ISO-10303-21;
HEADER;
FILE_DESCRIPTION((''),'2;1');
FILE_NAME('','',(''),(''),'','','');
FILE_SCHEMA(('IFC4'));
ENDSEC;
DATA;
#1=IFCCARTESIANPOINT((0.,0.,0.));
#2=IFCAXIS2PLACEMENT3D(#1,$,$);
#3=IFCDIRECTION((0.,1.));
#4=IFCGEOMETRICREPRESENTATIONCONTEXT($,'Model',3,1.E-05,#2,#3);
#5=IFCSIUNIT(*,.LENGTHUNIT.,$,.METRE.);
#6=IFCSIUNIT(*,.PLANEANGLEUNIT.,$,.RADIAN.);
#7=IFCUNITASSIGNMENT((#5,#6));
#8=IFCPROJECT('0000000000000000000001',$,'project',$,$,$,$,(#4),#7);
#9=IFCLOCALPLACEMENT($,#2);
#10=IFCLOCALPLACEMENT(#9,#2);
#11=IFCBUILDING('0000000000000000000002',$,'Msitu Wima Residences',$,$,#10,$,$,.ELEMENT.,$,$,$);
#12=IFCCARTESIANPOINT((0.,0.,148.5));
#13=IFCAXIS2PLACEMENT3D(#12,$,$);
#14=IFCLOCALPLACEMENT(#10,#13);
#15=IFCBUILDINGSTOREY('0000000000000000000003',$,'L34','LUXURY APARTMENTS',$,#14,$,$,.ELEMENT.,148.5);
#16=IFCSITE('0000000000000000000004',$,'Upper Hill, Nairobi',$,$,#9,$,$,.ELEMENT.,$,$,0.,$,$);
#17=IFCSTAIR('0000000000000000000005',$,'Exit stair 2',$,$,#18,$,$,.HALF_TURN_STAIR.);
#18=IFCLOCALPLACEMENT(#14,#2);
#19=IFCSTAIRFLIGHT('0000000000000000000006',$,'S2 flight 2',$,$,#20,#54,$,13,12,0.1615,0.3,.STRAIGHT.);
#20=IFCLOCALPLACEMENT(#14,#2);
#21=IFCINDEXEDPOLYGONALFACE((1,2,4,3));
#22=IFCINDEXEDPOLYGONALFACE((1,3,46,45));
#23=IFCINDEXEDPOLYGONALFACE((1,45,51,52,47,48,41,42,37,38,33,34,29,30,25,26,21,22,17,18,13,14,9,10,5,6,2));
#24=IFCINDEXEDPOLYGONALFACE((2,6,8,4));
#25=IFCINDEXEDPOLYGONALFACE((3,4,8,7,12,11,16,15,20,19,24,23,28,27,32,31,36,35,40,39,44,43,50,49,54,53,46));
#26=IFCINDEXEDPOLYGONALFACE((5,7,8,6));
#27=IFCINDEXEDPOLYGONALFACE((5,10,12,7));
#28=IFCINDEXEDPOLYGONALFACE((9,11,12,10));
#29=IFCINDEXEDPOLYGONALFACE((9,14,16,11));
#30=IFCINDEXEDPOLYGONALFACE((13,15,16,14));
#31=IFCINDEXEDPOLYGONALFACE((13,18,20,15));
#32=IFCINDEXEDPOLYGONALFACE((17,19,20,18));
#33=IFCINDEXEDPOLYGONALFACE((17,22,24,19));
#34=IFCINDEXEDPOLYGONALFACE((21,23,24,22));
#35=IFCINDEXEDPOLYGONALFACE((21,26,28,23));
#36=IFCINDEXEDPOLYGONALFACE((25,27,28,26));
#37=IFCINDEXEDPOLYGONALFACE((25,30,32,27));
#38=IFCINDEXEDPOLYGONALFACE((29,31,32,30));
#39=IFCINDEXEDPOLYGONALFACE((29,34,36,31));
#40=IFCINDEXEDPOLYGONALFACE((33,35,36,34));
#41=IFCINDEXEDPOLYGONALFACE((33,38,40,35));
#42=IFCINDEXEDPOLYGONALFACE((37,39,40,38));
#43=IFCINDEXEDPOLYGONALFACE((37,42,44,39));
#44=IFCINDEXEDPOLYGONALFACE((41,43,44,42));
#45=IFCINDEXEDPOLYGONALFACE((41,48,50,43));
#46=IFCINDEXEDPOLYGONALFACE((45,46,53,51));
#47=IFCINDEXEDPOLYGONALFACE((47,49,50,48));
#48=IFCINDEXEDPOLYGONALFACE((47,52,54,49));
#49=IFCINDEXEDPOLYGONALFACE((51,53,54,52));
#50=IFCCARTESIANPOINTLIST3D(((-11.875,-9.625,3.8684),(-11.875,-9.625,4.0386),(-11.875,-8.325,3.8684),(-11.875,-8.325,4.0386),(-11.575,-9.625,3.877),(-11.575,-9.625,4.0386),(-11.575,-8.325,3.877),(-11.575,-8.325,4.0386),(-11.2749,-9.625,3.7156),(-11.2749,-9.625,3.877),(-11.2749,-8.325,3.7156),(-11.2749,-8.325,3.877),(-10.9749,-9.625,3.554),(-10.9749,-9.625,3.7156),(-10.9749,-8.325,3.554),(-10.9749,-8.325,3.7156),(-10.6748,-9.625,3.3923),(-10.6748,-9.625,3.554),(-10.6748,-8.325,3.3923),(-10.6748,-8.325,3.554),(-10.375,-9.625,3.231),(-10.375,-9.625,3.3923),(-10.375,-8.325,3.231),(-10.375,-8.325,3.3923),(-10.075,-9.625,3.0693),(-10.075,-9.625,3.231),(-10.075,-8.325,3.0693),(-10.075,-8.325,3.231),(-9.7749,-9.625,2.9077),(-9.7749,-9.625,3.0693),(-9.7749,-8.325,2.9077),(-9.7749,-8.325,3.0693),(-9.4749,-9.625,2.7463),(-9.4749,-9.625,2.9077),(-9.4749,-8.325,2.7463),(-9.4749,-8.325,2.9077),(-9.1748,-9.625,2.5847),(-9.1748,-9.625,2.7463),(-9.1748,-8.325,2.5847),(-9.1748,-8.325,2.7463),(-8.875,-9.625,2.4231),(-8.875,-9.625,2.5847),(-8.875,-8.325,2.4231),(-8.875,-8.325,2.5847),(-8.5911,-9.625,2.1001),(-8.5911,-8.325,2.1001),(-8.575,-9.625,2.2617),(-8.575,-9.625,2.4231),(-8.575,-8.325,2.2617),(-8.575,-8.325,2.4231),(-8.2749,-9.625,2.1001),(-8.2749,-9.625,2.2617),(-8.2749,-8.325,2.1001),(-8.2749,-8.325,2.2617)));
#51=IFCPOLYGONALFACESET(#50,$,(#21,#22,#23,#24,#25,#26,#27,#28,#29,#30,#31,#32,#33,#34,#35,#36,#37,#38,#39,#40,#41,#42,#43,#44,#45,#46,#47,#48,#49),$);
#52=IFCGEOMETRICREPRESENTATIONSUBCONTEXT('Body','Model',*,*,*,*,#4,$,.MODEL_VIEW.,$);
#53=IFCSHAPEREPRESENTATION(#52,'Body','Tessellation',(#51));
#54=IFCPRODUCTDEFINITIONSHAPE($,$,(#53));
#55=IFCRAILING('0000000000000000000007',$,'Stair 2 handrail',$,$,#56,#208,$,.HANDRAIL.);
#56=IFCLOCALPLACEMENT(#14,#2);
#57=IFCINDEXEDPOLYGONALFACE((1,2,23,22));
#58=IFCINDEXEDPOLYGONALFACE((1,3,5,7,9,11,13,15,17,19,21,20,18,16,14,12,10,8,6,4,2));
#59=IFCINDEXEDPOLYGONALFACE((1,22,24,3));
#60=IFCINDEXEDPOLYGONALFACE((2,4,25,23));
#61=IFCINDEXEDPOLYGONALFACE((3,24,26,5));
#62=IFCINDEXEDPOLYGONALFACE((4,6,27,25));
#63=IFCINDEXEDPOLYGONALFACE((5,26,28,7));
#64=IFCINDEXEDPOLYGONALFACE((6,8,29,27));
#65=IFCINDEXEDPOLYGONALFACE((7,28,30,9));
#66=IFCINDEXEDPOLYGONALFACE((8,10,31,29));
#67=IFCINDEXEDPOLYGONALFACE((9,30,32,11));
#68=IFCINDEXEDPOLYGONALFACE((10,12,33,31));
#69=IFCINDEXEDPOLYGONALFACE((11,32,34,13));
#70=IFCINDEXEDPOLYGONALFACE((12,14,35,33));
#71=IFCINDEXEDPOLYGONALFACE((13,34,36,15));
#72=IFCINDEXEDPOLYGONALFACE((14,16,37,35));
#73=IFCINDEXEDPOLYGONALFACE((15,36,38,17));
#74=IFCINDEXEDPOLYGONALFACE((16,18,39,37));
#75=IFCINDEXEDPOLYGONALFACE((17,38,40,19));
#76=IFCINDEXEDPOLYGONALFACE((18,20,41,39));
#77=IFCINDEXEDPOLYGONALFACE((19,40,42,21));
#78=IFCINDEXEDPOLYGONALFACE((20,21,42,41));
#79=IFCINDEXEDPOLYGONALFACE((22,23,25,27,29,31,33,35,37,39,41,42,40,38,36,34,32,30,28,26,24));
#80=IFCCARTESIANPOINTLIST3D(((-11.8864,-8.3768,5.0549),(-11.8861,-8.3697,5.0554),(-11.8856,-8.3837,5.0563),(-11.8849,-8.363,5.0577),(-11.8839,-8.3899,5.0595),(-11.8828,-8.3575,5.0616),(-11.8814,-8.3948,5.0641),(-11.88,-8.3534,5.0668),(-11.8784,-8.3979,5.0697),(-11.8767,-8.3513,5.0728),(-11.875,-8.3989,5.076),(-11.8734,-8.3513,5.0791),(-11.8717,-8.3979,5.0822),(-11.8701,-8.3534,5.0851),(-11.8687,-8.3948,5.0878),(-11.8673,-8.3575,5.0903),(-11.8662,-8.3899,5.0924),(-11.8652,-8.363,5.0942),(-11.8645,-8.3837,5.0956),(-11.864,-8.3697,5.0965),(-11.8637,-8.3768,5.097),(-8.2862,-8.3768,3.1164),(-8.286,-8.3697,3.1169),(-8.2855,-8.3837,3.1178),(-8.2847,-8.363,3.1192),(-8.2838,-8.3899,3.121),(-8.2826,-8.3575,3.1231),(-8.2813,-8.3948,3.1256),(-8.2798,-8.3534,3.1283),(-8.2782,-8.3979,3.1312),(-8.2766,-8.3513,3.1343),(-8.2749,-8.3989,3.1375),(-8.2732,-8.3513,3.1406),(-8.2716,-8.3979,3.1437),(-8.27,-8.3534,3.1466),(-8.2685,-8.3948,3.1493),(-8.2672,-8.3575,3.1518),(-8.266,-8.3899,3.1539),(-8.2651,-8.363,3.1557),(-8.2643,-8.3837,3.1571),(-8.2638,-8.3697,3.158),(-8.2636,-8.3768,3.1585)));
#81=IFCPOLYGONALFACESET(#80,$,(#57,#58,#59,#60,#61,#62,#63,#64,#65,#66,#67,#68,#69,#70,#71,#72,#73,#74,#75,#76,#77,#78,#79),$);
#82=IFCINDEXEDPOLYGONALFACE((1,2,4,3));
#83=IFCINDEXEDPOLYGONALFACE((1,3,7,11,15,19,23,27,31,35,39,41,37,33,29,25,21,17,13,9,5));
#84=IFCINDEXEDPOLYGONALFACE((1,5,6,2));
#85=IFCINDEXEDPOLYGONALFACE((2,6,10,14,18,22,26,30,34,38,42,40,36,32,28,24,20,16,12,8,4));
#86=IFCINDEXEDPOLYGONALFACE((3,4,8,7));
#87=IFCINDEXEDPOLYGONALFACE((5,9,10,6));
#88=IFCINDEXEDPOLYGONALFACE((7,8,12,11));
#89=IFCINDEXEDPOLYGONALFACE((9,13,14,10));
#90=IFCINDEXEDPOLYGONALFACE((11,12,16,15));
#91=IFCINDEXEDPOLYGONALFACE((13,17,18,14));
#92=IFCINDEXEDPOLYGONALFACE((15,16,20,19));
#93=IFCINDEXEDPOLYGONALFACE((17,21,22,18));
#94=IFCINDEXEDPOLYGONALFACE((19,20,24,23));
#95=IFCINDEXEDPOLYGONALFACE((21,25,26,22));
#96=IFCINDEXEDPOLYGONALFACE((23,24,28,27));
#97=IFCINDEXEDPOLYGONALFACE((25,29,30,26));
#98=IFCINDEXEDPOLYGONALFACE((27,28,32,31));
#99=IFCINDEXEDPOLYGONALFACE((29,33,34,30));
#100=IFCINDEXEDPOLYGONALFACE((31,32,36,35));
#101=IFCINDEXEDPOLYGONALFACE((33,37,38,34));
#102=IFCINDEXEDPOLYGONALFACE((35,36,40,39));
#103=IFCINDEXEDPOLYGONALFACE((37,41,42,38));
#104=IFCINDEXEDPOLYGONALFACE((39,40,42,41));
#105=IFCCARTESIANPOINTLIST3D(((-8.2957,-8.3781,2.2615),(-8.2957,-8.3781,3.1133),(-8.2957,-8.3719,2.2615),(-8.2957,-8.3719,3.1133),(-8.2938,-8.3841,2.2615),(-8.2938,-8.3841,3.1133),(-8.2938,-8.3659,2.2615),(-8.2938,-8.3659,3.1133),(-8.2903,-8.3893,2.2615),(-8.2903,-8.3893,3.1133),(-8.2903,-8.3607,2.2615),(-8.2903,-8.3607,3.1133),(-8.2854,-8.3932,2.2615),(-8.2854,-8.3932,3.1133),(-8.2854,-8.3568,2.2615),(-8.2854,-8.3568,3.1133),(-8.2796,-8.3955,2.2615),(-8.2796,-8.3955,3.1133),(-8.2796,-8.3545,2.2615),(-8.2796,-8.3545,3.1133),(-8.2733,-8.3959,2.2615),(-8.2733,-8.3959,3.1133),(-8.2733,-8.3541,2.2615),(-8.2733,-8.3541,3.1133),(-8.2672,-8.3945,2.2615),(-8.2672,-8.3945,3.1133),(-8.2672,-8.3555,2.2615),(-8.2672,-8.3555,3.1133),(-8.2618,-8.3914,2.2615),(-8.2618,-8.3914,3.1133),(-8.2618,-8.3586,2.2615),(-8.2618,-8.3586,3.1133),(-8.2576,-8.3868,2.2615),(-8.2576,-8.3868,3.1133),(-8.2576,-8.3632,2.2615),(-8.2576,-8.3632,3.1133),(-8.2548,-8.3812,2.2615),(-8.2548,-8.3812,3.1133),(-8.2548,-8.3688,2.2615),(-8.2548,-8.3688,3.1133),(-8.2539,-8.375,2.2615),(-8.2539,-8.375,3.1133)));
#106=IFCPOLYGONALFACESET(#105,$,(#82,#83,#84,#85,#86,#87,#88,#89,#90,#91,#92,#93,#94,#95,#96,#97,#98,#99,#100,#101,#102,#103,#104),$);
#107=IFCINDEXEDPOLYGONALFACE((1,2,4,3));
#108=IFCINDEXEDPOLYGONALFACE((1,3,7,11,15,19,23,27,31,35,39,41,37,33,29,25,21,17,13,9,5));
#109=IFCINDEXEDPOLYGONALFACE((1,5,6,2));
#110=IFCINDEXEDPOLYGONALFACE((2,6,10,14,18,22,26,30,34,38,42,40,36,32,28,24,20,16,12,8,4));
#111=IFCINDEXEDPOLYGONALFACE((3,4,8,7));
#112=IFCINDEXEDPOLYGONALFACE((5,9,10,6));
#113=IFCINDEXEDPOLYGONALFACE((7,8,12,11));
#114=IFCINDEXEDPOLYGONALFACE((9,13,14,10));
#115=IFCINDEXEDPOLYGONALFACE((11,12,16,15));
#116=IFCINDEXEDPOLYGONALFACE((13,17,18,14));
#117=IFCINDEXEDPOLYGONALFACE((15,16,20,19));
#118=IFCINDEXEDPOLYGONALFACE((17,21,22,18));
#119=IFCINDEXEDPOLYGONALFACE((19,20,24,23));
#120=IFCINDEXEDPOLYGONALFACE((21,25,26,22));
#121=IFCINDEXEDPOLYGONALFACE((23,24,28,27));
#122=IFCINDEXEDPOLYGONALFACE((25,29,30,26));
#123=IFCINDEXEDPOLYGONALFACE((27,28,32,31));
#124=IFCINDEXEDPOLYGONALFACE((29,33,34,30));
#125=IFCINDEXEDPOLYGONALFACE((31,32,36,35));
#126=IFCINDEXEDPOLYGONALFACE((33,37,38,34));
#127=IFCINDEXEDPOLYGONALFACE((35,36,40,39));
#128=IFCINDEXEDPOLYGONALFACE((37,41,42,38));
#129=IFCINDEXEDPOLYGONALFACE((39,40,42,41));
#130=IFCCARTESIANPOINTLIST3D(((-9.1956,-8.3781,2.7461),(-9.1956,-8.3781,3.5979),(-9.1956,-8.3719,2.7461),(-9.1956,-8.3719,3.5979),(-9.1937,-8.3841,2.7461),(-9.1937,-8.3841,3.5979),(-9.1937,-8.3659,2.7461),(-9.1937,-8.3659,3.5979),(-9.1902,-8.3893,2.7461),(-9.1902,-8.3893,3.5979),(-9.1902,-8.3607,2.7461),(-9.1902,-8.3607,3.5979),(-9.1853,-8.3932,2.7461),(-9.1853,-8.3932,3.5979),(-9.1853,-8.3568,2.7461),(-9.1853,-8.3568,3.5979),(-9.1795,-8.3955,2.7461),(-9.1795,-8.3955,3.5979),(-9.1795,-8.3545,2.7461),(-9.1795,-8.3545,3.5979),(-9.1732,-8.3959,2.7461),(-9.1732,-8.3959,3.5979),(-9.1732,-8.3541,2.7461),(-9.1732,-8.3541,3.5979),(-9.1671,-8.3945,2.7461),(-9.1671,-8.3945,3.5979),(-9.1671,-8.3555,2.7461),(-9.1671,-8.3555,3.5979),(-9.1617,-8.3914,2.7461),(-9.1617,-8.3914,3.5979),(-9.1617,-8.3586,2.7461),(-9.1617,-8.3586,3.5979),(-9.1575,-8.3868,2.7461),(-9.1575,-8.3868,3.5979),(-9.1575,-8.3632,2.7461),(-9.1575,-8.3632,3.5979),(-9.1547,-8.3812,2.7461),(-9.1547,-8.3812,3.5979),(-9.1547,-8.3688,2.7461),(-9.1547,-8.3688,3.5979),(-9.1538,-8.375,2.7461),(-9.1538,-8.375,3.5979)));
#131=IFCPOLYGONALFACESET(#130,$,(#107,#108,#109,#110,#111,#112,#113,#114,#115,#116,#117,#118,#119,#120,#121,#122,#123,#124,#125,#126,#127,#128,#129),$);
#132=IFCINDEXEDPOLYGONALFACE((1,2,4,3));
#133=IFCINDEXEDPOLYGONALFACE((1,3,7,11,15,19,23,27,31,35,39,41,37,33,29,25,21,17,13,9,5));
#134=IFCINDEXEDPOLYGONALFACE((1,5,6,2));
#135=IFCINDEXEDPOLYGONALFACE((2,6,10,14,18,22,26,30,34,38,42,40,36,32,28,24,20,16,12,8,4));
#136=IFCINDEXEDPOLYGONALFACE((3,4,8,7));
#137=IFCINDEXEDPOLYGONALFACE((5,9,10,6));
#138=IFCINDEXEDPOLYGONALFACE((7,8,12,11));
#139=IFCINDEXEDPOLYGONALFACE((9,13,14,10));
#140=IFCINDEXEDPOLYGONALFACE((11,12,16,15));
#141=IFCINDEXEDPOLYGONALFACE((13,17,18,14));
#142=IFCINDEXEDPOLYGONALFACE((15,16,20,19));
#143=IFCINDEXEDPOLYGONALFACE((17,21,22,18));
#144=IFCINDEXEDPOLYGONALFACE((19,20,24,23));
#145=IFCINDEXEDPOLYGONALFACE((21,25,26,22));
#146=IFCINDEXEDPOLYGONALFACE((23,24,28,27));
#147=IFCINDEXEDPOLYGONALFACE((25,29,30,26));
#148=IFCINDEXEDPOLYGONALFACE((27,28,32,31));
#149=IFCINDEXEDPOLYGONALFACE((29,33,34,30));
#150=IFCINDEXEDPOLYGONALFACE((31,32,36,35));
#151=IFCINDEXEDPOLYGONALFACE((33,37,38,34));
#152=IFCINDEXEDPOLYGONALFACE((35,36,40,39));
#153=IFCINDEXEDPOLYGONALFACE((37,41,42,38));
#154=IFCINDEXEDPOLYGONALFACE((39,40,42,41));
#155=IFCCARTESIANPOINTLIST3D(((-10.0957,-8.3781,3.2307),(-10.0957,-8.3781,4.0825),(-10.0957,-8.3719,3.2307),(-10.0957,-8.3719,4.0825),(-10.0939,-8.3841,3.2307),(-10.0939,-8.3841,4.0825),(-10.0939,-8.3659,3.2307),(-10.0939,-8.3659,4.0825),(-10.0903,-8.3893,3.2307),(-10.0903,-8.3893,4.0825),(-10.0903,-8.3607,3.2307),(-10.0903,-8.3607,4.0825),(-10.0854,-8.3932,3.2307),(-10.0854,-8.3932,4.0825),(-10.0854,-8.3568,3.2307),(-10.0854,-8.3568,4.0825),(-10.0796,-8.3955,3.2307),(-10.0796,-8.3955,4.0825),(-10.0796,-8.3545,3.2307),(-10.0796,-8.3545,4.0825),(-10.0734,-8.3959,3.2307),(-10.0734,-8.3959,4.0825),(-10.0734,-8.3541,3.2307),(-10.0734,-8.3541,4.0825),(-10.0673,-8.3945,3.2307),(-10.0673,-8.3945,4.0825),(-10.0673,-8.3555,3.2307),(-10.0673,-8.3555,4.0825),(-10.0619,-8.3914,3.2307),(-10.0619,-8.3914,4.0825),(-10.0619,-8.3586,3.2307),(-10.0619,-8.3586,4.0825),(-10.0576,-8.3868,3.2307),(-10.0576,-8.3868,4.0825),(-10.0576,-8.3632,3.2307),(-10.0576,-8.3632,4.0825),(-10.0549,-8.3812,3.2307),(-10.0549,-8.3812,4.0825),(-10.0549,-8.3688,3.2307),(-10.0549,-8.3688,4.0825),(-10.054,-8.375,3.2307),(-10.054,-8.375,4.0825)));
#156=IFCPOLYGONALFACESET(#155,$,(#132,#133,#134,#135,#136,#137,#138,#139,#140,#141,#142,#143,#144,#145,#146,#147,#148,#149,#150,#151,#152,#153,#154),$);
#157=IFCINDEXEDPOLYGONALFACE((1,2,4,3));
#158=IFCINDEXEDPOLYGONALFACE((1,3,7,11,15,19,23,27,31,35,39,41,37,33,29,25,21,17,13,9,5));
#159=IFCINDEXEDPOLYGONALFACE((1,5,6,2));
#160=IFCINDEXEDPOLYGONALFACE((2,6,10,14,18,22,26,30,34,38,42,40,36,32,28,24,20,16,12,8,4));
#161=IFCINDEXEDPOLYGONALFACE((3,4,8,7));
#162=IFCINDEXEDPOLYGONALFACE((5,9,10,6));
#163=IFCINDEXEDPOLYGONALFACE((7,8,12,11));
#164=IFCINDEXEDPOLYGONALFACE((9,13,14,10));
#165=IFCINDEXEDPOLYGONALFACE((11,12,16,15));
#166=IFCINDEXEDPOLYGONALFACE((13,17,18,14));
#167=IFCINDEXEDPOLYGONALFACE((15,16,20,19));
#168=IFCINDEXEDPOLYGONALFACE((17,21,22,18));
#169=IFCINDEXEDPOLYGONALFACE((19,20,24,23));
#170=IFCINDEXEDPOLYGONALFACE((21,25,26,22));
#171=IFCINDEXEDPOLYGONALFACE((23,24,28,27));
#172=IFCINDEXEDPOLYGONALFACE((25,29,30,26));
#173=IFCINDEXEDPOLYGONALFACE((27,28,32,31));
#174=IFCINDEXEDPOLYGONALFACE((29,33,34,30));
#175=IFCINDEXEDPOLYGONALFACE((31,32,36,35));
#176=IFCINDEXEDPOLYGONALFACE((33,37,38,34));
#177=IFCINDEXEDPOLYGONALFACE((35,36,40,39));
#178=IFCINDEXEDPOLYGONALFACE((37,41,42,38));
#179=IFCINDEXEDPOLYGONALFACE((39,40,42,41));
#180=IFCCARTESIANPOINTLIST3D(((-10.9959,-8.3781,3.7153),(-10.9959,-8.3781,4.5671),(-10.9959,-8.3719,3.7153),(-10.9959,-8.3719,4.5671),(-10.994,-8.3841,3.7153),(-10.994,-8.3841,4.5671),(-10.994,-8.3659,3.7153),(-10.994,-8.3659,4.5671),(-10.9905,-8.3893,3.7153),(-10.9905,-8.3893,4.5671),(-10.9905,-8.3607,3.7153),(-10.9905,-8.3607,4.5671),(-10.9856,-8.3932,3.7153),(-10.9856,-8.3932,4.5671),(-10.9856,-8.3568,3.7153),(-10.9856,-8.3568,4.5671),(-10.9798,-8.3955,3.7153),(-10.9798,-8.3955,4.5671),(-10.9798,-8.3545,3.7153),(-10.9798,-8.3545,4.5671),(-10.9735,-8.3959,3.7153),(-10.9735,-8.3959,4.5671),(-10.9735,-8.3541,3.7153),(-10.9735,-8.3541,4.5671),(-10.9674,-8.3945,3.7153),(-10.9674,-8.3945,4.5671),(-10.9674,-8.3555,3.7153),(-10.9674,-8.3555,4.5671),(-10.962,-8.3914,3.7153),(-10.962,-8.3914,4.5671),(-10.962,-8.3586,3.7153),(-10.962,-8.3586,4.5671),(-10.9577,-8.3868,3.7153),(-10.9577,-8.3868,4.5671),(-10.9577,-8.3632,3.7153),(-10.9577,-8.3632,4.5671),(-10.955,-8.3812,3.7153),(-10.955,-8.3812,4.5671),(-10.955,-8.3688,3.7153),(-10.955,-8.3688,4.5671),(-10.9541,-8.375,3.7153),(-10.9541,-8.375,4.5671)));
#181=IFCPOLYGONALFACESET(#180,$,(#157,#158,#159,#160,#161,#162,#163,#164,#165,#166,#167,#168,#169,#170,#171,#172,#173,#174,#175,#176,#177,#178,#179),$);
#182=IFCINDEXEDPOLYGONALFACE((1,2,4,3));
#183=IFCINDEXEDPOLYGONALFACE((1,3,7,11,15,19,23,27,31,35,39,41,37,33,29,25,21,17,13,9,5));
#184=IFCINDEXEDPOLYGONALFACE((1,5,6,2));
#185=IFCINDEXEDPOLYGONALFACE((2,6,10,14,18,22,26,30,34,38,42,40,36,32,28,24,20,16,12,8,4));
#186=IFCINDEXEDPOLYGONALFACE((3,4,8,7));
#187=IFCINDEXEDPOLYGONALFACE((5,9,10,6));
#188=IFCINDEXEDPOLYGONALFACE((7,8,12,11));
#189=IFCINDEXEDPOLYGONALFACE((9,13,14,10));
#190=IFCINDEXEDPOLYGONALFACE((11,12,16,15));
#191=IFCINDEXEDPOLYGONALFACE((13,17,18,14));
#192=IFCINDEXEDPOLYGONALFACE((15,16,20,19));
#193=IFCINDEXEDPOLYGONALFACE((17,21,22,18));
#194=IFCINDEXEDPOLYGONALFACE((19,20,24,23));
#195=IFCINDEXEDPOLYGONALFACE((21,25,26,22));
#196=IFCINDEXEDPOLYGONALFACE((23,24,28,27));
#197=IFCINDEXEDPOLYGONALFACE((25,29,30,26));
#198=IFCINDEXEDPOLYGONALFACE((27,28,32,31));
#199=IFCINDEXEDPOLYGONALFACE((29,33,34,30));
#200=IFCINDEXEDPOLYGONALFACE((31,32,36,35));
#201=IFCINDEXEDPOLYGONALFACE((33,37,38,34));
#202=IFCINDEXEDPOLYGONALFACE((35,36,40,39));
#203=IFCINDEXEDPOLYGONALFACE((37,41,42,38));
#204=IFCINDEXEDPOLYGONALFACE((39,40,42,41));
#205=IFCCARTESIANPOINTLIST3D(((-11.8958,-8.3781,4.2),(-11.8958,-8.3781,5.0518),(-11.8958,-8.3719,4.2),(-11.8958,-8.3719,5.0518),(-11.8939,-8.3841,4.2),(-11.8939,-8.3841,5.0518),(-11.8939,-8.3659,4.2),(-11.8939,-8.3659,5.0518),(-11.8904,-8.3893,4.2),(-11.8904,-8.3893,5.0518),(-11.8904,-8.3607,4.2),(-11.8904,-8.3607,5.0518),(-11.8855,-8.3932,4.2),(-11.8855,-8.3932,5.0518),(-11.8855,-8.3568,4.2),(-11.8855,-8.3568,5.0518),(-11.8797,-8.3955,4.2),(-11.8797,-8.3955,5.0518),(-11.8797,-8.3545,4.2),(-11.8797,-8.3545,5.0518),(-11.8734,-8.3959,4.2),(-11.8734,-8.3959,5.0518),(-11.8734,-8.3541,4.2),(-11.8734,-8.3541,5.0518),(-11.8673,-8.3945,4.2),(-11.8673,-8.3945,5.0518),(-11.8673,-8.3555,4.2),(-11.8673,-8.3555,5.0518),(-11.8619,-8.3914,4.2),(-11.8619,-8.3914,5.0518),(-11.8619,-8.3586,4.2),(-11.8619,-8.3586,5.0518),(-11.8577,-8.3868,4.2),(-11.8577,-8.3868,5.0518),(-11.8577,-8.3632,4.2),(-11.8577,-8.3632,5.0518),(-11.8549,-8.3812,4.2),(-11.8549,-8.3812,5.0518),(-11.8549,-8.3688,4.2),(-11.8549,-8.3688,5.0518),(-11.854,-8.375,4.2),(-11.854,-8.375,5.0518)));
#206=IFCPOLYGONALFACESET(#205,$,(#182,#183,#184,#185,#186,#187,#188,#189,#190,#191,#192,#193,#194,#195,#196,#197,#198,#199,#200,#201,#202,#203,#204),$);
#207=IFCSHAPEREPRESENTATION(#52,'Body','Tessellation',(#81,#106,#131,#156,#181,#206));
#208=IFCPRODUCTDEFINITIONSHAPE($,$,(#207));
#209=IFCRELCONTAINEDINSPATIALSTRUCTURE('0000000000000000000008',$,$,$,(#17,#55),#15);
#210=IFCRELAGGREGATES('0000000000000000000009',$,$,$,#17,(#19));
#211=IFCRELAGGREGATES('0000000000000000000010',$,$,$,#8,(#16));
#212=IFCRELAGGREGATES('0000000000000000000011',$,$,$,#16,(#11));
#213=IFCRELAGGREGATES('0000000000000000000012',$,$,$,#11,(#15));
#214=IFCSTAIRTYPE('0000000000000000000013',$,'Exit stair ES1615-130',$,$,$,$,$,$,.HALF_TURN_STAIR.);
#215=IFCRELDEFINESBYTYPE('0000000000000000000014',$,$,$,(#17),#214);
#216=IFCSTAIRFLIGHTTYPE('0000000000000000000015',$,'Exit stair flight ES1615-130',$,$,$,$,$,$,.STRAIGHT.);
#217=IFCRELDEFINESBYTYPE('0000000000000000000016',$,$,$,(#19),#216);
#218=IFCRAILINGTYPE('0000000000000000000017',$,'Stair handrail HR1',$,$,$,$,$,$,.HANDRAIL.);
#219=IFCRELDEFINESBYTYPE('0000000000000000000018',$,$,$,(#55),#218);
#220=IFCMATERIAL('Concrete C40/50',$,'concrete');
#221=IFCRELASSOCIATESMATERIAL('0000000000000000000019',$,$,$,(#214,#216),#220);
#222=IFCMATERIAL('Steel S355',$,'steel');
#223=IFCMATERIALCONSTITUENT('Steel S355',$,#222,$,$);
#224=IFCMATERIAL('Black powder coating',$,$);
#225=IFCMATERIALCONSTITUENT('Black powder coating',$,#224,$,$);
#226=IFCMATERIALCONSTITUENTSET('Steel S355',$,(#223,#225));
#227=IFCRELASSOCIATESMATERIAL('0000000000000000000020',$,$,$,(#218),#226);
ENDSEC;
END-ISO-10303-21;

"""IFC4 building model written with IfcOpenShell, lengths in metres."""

from ifc_helpers import new_model, si_unit, direction, frame, origin, origin_2d, place, context, subcontext, project, spatial, polyline, circle, outline, extrude, material, constituent, constituent_set, type_object, element, aggregate, save


model = new_model("IFC4")

# Units and contexts
model_context = context("Model", 3, precision=1e-05, world=origin(), true_north=direction((0.0, 1.0)))
body_context = subcontext(model_context, "Body", "Model", "MODEL_VIEW")
ifc_project = project(units=[si_unit("LENGTHUNIT", "METRE"), si_unit("PLANEANGLEUNIT", "RADIAN")], contexts=[model_context])

# Site, building, storey
site_placement = place(None, origin())
site = spatial("IfcSite", under=ifc_project, at=site_placement, Name="Upper Hill, Nairobi", CompositionType="ELEMENT", RefElevation=0.0)
building_placement = place(site_placement, origin())
building = spatial("IfcBuilding", under=site, at=building_placement, Name="Msitu Wima Residences", CompositionType="ELEMENT")
storey_placement = place(building_placement, frame((0.0, 0.0, 148.5)))
storey = spatial("IfcBuildingStorey", under=building, at=storey_placement, Name="L34", Description="LUXURY APARTMENTS", CompositionType="ELEMENT", Elevation=148.5)

# Shared definitions
ifc_material_1 = material(Name="Concrete C40/50", Category="concrete")

# Stair, stair flight
stair_type = type_object("IfcStairType", Name="Exit stair ES1615-130", PredefinedType="HALF_TURN_STAIR", material=ifc_material_1)
stair_placement = place(storey_placement, origin())
stair = element("IfcStair", 1, at=stair_placement, inside=storey, type_object=stair_type, Name="Exit stair 2", PredefinedType="HALF_TURN_STAIR")
stair_flight_type = type_object("IfcStairFlightType", Name="Exit stair flight ES1615-130", PredefinedType="STRAIGHT", material=ifc_material_1)
stair_flight_placement = place(storey_placement, frame((-8.2749, -8.9751, 2.1001), z_axis=(0.0, 0.0, 1.0), x_axis=(-1.0, 0.0, 0.0)))
stair_flight = element("IfcStairFlight", 2, at=stair_flight_placement, type_object=stair_flight_type, Name="S2 flight 2", NumberOfRisers=13, NumberOfTreads=12, PredefinedType="STRAIGHT", RiserHeight=0.1615, TreadLength=0.3, context=body_context, shape_type="SweptSolid", body=[
    extrude(outline(polyline([(0.0, 0.0), (0.0, 0.1616), (0.3, 0.1616), (0.3, 0.323), (0.6001, 0.323), (0.6001, 0.4846), (0.8999, 0.4846), (0.8999, 0.6462), (1.2, 0.6462), (1.2, 0.8076), (1.5, 0.8076), (1.5, 0.9692), (1.8, 0.9692), (1.8, 1.1309), (2.1001, 1.1309), (2.1001, 1.2922), (2.3999, 1.2922), (2.3999, 1.4539), (2.7, 1.4539), (2.7, 1.6155), (3.0, 1.6155), (3.0, 1.7769), (3.3, 1.7769), (3.3, 1.9385), (3.6001, 1.9385), (3.6001, 2.1001), (3.6001, 1.7683), (0.3162, 0.0), (0.0, 0.0)])), frame((0.0, 0.6499, 0.0), z_axis=(0.0, -1.0, 0.0), x_axis=(1.0, 0.0, 0.0)), (0.0, 0.0, 1.0), 1.3),
])
aggregate(stair, [stair_flight])

# Railing
ifc_material_2 = material(Name="Steel S355", Category="steel")
ifc_constituent_1 = constituent(ifc_material_2, Name="Steel S355")
ifc_material_3 = material(Name="Black powder coating")
ifc_constituent_2 = constituent(ifc_material_3, Name="Black powder coating")
ifc_constituent_set = constituent_set(constituents=[ifc_constituent_1, ifc_constituent_2], Name="Steel S355")
railing_type = type_object("IfcRailingType", Name="Stair handrail HR1", PredefinedType="HANDRAIL", material=ifc_constituent_set)
railing_placement = place(storey_placement, frame((-8.2749, -8.375, 2.2615)))
element("IfcRailing", 3, at=railing_placement, inside=storey, type_object=railing_type, Name="Stair 2 handrail", PredefinedType="HANDRAIL", context=body_context, shape_type="SweptSolid", body=[
    extrude(circle(Radius=0.0239, at=origin_2d()), frame((0.0, 0.0, 0.876), z_axis=(-0.880475, 0.0, 0.474093), x_axis=(0.0, -1.0, 0.0)), (0.0, 0.0, 1.0), 4.0889),
    extrude(circle(Radius=0.021, at=origin_2d()), origin(), (0.0, 0.0, 1.0), 0.8518),
    extrude(circle(Radius=0.021, at=origin_2d()), frame((-0.8999, 0.0, 0.4846)), (0.0, 0.0, 1.0), 0.8518),
    extrude(circle(Radius=0.021, at=origin_2d()), frame((-1.8, 0.0, 0.9692)), (0.0, 0.0, 1.0), 0.8518),
    extrude(circle(Radius=0.021, at=origin_2d()), frame((-2.7002, 0.0, 1.4539)), (0.0, 0.0, 1.0), 0.8518),
    extrude(circle(Radius=0.021, at=origin_2d()), frame((-3.6001, 0.0, 1.9385)), (0.0, 0.0, 1.0), 0.8518),
])

save(model, "model.ifc")
